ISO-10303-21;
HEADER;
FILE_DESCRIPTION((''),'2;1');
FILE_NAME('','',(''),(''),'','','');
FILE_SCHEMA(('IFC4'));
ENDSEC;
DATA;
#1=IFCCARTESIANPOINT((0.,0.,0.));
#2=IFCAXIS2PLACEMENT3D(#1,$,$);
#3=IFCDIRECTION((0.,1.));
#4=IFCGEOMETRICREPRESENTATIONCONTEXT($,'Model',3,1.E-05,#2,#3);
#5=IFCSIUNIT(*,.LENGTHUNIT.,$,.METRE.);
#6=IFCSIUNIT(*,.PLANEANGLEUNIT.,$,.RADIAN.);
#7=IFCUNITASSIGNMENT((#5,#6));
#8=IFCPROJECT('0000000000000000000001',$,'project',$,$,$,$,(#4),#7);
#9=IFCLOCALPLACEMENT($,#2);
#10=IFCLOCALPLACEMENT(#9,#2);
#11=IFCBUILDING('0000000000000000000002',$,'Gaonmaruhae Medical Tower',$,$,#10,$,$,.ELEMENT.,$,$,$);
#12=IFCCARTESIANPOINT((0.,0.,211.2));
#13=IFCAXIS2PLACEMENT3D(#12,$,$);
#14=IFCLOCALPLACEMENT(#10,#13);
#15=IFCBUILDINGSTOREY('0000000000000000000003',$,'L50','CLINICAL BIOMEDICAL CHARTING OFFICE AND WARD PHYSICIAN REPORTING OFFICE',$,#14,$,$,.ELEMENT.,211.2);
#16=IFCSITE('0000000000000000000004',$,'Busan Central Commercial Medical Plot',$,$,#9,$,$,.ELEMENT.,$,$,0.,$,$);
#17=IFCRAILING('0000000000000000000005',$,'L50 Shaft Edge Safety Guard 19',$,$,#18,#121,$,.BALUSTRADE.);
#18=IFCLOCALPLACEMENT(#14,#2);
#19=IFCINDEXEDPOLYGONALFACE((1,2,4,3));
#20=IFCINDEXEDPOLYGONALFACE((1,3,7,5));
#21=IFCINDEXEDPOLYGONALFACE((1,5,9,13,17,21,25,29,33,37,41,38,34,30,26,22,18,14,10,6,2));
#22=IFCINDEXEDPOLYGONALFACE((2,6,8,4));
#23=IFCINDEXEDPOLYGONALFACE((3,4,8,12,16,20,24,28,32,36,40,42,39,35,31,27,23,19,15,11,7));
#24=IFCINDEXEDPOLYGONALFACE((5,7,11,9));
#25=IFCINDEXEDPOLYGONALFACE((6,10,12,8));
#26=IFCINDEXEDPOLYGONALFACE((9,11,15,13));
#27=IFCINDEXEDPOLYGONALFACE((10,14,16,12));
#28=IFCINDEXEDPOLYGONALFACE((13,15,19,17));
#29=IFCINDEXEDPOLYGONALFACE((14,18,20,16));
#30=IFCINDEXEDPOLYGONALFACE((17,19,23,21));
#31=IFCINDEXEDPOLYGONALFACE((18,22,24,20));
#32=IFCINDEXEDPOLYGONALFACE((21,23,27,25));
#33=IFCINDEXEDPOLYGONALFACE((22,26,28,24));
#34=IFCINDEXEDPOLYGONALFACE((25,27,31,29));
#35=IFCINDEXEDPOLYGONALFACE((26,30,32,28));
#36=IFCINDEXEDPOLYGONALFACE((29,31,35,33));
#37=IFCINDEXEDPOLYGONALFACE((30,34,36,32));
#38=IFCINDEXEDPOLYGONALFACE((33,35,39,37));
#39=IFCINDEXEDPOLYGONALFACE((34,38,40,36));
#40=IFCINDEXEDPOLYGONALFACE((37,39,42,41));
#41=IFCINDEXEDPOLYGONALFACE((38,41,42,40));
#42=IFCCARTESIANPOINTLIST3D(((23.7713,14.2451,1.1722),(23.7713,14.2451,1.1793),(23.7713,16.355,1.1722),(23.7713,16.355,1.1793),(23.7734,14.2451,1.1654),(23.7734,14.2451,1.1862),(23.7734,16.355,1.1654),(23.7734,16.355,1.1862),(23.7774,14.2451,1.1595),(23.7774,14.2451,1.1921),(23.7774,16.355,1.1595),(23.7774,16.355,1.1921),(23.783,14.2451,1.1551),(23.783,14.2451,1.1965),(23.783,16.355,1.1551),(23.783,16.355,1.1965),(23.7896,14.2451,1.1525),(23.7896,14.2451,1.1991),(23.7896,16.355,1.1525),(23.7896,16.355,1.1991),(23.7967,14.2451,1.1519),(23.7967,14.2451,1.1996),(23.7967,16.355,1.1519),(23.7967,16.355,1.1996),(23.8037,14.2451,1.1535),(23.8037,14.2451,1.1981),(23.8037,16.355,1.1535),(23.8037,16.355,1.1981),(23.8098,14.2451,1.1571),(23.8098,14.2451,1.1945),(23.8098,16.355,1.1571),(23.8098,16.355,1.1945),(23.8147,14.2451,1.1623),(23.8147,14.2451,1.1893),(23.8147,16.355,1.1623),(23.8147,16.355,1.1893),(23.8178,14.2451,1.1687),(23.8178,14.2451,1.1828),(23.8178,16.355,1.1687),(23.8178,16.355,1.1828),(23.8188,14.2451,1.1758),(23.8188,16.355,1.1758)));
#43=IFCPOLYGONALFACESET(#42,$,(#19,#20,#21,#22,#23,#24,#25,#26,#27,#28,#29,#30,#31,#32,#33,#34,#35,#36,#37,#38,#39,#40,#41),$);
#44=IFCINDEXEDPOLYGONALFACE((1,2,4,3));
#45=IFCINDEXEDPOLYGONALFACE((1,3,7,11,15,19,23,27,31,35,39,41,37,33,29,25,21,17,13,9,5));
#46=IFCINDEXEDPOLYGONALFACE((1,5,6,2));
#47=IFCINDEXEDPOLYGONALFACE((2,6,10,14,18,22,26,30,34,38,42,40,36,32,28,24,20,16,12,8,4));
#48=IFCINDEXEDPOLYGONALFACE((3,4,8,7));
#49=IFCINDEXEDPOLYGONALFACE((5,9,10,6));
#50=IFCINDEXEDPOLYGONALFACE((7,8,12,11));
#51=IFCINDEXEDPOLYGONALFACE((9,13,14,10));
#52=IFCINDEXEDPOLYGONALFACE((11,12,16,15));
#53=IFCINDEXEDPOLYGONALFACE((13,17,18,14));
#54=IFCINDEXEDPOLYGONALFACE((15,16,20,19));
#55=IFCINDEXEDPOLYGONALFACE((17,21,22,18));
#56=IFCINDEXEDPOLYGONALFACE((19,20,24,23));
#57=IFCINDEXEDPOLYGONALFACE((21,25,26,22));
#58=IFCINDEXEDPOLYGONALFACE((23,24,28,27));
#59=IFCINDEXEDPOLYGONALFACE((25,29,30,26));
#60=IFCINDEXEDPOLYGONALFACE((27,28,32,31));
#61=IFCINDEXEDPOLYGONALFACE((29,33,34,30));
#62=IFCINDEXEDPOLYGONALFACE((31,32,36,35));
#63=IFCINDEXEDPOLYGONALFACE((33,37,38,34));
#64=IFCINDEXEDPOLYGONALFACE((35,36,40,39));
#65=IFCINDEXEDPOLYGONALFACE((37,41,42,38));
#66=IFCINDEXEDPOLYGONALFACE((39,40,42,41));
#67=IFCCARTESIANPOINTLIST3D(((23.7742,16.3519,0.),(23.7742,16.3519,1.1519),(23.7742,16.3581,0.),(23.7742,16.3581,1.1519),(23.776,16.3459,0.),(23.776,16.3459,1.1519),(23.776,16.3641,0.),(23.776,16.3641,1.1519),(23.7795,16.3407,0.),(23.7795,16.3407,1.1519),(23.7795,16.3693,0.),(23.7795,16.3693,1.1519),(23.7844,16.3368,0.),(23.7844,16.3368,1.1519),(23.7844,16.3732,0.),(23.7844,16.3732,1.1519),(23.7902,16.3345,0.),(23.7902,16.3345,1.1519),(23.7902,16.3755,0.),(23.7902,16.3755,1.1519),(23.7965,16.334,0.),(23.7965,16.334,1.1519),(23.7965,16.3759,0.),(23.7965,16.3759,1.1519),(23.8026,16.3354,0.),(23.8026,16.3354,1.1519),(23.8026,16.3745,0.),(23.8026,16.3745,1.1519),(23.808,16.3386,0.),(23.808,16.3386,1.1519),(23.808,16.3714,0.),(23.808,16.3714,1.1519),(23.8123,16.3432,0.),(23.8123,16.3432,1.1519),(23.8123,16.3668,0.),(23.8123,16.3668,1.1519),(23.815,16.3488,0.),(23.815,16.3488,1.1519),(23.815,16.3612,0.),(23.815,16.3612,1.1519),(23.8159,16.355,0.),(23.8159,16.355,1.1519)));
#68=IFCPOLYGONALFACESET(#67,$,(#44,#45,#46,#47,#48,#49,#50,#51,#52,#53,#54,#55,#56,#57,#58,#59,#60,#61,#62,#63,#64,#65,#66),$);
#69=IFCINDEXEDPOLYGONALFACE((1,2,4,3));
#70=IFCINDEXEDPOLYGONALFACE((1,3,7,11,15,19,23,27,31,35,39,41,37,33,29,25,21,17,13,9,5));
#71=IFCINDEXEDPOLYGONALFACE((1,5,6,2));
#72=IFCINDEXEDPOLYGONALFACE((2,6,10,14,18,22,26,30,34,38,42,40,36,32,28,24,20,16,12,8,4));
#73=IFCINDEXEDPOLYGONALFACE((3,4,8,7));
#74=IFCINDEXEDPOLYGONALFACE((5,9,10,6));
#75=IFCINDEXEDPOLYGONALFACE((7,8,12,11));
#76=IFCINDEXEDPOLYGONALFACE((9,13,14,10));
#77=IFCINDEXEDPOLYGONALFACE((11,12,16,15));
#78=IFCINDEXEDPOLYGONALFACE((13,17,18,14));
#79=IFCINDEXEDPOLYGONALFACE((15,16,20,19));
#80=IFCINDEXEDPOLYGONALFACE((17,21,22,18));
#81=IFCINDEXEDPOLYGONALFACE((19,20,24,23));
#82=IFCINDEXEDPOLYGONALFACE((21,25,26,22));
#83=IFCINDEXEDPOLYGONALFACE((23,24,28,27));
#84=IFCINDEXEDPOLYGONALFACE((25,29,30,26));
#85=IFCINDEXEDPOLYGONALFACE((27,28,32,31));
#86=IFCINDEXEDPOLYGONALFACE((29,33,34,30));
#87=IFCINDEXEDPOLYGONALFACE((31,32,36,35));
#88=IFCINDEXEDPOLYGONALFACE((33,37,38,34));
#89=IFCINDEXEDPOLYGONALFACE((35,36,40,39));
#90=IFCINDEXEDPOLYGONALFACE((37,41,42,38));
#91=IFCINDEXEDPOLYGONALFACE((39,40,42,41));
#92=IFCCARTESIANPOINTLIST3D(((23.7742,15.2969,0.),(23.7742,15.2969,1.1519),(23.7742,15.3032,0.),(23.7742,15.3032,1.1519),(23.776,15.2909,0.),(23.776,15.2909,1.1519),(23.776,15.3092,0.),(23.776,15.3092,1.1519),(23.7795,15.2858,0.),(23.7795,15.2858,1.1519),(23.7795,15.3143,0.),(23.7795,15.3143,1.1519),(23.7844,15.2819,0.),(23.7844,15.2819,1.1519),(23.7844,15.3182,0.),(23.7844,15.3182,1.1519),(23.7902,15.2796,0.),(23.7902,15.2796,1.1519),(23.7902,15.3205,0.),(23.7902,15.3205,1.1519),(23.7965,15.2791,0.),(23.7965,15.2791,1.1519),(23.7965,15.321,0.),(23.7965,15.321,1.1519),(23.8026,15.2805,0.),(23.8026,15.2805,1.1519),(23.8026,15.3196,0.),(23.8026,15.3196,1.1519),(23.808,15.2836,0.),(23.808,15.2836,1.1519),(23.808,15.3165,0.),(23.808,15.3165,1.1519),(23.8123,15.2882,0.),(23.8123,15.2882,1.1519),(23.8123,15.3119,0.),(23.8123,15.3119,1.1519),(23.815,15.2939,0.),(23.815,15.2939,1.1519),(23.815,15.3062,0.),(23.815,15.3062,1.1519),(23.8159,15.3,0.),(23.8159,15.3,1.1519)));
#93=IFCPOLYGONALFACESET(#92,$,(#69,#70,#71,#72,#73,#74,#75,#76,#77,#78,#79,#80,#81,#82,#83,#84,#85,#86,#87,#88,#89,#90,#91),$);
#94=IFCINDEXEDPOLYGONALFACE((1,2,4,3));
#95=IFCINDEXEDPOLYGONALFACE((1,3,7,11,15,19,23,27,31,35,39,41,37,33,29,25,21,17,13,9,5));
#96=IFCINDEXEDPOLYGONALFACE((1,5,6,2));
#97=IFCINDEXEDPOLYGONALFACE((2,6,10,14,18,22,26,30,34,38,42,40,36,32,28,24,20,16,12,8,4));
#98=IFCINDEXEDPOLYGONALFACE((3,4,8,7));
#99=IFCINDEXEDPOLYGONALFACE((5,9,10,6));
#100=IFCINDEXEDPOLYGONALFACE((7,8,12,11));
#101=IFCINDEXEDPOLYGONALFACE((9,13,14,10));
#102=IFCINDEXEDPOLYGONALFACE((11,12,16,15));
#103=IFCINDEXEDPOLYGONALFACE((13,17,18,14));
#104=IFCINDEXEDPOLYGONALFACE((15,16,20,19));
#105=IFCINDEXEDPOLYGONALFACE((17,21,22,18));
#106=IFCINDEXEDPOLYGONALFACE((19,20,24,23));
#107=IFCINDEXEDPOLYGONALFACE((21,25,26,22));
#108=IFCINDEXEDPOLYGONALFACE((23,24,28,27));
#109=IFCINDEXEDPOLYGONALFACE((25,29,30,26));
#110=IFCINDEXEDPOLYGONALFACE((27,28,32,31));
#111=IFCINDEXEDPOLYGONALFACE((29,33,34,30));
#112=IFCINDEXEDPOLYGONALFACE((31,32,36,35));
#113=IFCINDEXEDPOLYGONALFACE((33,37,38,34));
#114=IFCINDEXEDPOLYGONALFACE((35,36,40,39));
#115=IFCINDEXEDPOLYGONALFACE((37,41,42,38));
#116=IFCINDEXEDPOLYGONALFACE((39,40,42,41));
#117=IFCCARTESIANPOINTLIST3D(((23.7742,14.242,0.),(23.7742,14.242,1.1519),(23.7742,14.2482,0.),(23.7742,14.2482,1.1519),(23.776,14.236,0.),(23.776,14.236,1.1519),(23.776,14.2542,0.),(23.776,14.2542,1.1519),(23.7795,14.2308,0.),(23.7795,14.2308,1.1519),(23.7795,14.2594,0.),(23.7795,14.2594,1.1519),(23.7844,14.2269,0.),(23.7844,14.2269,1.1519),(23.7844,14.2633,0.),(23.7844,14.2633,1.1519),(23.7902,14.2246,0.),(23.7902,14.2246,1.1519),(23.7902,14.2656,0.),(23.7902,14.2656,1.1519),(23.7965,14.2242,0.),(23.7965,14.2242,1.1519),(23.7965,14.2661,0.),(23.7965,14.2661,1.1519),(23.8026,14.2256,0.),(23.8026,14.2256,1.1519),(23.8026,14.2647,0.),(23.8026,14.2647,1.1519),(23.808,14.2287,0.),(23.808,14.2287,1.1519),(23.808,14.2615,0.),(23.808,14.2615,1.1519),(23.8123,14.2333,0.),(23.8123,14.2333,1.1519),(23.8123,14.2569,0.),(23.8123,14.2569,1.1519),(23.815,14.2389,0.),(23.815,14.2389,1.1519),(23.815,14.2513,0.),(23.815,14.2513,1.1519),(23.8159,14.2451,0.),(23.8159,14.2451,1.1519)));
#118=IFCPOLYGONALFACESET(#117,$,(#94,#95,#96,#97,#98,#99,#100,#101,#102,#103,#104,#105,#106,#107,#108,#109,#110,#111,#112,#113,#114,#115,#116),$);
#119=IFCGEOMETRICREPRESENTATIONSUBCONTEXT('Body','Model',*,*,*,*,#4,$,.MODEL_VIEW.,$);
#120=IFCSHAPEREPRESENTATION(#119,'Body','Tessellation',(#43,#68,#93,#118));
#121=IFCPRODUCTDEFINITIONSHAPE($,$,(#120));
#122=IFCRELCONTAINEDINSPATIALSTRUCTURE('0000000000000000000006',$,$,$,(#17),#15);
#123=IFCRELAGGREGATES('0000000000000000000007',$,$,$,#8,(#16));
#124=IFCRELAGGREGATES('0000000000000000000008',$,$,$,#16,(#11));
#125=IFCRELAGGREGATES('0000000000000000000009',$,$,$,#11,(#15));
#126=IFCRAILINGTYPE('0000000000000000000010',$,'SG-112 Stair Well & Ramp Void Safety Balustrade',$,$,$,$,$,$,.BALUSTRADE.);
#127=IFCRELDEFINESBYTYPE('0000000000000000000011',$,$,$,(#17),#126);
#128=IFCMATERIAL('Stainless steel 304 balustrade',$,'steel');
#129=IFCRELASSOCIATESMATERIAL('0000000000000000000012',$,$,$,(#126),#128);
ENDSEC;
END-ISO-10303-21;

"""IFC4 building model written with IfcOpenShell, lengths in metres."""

from ifc_helpers import new_model, si_unit, direction, frame, origin, origin_2d, place, context, subcontext, project, spatial, circle, extrude, material, type_object, element, save


model = new_model("IFC4")

# Units and contexts
model_context = context("Model", 3, precision=1e-05, world=origin(), true_north=direction((0.0, 1.0)))
body_context = subcontext(model_context, "Body", "Model", "MODEL_VIEW")
ifc_project = project(units=[si_unit("LENGTHUNIT", "METRE"), si_unit("PLANEANGLEUNIT", "RADIAN")], contexts=[model_context])

# Site, building, storey
site_placement = place(None, origin())
site = spatial("IfcSite", under=ifc_project, at=site_placement, Name="Busan Central Commercial Medical Plot", CompositionType="ELEMENT", RefElevation=0.0)
building_placement = place(site_placement, origin())
building = spatial("IfcBuilding", under=site, at=building_placement, Name="Gaonmaruhae Medical Tower", CompositionType="ELEMENT")
storey_placement = place(building_placement, frame((0.0, 0.0, 211.2)))
storey = spatial("IfcBuildingStorey", under=building, at=storey_placement, Name="L50", Description="CLINICAL BIOMEDICAL CHARTING OFFICE AND WARD PHYSICIAN REPORTING OFFICE", CompositionType="ELEMENT", Elevation=211.2)

# Railing
ifc_material_1 = material(Name="Stainless steel 304 balustrade", Category="steel")
railing_type = type_object("IfcRailingType", Name="SG-112 Stair Well & Ramp Void Safety Balustrade", PredefinedType="BALUSTRADE", material=ifc_material_1)
railing_1_placement = place(storey_placement, frame((23.7949, 16.355, 0.0)))
element("IfcRailing", 1, at=railing_1_placement, inside=storey, type_object=railing_type, Name="L50 Shaft Edge Safety Guard 19", PredefinedType="BALUSTRADE", context=body_context, shape_type="SweptSolid", body=[
    extrude(circle(Radius=0.0239, at=origin_2d()), frame((0.0, 0.0, 1.1758), z_axis=(0.0, -1.0, 0.0), x_axis=(1.0, 0.0, 0.0)), (0.0, 0.0, 1.0), 2.1099),
    extrude(circle(Radius=0.021, at=origin_2d()), origin(), (0.0, 0.0, 1.0), 1.1519),
    extrude(circle(Radius=0.021, at=origin_2d()), frame((0.0, -1.0549, 0.0)), (0.0, 0.0, 1.0), 1.1519),
    extrude(circle(Radius=0.021, at=origin_2d()), frame((0.0, -2.1099, 0.0)), (0.0, 0.0, 1.0), 1.1519),
])

save(model, "model.ifc")
